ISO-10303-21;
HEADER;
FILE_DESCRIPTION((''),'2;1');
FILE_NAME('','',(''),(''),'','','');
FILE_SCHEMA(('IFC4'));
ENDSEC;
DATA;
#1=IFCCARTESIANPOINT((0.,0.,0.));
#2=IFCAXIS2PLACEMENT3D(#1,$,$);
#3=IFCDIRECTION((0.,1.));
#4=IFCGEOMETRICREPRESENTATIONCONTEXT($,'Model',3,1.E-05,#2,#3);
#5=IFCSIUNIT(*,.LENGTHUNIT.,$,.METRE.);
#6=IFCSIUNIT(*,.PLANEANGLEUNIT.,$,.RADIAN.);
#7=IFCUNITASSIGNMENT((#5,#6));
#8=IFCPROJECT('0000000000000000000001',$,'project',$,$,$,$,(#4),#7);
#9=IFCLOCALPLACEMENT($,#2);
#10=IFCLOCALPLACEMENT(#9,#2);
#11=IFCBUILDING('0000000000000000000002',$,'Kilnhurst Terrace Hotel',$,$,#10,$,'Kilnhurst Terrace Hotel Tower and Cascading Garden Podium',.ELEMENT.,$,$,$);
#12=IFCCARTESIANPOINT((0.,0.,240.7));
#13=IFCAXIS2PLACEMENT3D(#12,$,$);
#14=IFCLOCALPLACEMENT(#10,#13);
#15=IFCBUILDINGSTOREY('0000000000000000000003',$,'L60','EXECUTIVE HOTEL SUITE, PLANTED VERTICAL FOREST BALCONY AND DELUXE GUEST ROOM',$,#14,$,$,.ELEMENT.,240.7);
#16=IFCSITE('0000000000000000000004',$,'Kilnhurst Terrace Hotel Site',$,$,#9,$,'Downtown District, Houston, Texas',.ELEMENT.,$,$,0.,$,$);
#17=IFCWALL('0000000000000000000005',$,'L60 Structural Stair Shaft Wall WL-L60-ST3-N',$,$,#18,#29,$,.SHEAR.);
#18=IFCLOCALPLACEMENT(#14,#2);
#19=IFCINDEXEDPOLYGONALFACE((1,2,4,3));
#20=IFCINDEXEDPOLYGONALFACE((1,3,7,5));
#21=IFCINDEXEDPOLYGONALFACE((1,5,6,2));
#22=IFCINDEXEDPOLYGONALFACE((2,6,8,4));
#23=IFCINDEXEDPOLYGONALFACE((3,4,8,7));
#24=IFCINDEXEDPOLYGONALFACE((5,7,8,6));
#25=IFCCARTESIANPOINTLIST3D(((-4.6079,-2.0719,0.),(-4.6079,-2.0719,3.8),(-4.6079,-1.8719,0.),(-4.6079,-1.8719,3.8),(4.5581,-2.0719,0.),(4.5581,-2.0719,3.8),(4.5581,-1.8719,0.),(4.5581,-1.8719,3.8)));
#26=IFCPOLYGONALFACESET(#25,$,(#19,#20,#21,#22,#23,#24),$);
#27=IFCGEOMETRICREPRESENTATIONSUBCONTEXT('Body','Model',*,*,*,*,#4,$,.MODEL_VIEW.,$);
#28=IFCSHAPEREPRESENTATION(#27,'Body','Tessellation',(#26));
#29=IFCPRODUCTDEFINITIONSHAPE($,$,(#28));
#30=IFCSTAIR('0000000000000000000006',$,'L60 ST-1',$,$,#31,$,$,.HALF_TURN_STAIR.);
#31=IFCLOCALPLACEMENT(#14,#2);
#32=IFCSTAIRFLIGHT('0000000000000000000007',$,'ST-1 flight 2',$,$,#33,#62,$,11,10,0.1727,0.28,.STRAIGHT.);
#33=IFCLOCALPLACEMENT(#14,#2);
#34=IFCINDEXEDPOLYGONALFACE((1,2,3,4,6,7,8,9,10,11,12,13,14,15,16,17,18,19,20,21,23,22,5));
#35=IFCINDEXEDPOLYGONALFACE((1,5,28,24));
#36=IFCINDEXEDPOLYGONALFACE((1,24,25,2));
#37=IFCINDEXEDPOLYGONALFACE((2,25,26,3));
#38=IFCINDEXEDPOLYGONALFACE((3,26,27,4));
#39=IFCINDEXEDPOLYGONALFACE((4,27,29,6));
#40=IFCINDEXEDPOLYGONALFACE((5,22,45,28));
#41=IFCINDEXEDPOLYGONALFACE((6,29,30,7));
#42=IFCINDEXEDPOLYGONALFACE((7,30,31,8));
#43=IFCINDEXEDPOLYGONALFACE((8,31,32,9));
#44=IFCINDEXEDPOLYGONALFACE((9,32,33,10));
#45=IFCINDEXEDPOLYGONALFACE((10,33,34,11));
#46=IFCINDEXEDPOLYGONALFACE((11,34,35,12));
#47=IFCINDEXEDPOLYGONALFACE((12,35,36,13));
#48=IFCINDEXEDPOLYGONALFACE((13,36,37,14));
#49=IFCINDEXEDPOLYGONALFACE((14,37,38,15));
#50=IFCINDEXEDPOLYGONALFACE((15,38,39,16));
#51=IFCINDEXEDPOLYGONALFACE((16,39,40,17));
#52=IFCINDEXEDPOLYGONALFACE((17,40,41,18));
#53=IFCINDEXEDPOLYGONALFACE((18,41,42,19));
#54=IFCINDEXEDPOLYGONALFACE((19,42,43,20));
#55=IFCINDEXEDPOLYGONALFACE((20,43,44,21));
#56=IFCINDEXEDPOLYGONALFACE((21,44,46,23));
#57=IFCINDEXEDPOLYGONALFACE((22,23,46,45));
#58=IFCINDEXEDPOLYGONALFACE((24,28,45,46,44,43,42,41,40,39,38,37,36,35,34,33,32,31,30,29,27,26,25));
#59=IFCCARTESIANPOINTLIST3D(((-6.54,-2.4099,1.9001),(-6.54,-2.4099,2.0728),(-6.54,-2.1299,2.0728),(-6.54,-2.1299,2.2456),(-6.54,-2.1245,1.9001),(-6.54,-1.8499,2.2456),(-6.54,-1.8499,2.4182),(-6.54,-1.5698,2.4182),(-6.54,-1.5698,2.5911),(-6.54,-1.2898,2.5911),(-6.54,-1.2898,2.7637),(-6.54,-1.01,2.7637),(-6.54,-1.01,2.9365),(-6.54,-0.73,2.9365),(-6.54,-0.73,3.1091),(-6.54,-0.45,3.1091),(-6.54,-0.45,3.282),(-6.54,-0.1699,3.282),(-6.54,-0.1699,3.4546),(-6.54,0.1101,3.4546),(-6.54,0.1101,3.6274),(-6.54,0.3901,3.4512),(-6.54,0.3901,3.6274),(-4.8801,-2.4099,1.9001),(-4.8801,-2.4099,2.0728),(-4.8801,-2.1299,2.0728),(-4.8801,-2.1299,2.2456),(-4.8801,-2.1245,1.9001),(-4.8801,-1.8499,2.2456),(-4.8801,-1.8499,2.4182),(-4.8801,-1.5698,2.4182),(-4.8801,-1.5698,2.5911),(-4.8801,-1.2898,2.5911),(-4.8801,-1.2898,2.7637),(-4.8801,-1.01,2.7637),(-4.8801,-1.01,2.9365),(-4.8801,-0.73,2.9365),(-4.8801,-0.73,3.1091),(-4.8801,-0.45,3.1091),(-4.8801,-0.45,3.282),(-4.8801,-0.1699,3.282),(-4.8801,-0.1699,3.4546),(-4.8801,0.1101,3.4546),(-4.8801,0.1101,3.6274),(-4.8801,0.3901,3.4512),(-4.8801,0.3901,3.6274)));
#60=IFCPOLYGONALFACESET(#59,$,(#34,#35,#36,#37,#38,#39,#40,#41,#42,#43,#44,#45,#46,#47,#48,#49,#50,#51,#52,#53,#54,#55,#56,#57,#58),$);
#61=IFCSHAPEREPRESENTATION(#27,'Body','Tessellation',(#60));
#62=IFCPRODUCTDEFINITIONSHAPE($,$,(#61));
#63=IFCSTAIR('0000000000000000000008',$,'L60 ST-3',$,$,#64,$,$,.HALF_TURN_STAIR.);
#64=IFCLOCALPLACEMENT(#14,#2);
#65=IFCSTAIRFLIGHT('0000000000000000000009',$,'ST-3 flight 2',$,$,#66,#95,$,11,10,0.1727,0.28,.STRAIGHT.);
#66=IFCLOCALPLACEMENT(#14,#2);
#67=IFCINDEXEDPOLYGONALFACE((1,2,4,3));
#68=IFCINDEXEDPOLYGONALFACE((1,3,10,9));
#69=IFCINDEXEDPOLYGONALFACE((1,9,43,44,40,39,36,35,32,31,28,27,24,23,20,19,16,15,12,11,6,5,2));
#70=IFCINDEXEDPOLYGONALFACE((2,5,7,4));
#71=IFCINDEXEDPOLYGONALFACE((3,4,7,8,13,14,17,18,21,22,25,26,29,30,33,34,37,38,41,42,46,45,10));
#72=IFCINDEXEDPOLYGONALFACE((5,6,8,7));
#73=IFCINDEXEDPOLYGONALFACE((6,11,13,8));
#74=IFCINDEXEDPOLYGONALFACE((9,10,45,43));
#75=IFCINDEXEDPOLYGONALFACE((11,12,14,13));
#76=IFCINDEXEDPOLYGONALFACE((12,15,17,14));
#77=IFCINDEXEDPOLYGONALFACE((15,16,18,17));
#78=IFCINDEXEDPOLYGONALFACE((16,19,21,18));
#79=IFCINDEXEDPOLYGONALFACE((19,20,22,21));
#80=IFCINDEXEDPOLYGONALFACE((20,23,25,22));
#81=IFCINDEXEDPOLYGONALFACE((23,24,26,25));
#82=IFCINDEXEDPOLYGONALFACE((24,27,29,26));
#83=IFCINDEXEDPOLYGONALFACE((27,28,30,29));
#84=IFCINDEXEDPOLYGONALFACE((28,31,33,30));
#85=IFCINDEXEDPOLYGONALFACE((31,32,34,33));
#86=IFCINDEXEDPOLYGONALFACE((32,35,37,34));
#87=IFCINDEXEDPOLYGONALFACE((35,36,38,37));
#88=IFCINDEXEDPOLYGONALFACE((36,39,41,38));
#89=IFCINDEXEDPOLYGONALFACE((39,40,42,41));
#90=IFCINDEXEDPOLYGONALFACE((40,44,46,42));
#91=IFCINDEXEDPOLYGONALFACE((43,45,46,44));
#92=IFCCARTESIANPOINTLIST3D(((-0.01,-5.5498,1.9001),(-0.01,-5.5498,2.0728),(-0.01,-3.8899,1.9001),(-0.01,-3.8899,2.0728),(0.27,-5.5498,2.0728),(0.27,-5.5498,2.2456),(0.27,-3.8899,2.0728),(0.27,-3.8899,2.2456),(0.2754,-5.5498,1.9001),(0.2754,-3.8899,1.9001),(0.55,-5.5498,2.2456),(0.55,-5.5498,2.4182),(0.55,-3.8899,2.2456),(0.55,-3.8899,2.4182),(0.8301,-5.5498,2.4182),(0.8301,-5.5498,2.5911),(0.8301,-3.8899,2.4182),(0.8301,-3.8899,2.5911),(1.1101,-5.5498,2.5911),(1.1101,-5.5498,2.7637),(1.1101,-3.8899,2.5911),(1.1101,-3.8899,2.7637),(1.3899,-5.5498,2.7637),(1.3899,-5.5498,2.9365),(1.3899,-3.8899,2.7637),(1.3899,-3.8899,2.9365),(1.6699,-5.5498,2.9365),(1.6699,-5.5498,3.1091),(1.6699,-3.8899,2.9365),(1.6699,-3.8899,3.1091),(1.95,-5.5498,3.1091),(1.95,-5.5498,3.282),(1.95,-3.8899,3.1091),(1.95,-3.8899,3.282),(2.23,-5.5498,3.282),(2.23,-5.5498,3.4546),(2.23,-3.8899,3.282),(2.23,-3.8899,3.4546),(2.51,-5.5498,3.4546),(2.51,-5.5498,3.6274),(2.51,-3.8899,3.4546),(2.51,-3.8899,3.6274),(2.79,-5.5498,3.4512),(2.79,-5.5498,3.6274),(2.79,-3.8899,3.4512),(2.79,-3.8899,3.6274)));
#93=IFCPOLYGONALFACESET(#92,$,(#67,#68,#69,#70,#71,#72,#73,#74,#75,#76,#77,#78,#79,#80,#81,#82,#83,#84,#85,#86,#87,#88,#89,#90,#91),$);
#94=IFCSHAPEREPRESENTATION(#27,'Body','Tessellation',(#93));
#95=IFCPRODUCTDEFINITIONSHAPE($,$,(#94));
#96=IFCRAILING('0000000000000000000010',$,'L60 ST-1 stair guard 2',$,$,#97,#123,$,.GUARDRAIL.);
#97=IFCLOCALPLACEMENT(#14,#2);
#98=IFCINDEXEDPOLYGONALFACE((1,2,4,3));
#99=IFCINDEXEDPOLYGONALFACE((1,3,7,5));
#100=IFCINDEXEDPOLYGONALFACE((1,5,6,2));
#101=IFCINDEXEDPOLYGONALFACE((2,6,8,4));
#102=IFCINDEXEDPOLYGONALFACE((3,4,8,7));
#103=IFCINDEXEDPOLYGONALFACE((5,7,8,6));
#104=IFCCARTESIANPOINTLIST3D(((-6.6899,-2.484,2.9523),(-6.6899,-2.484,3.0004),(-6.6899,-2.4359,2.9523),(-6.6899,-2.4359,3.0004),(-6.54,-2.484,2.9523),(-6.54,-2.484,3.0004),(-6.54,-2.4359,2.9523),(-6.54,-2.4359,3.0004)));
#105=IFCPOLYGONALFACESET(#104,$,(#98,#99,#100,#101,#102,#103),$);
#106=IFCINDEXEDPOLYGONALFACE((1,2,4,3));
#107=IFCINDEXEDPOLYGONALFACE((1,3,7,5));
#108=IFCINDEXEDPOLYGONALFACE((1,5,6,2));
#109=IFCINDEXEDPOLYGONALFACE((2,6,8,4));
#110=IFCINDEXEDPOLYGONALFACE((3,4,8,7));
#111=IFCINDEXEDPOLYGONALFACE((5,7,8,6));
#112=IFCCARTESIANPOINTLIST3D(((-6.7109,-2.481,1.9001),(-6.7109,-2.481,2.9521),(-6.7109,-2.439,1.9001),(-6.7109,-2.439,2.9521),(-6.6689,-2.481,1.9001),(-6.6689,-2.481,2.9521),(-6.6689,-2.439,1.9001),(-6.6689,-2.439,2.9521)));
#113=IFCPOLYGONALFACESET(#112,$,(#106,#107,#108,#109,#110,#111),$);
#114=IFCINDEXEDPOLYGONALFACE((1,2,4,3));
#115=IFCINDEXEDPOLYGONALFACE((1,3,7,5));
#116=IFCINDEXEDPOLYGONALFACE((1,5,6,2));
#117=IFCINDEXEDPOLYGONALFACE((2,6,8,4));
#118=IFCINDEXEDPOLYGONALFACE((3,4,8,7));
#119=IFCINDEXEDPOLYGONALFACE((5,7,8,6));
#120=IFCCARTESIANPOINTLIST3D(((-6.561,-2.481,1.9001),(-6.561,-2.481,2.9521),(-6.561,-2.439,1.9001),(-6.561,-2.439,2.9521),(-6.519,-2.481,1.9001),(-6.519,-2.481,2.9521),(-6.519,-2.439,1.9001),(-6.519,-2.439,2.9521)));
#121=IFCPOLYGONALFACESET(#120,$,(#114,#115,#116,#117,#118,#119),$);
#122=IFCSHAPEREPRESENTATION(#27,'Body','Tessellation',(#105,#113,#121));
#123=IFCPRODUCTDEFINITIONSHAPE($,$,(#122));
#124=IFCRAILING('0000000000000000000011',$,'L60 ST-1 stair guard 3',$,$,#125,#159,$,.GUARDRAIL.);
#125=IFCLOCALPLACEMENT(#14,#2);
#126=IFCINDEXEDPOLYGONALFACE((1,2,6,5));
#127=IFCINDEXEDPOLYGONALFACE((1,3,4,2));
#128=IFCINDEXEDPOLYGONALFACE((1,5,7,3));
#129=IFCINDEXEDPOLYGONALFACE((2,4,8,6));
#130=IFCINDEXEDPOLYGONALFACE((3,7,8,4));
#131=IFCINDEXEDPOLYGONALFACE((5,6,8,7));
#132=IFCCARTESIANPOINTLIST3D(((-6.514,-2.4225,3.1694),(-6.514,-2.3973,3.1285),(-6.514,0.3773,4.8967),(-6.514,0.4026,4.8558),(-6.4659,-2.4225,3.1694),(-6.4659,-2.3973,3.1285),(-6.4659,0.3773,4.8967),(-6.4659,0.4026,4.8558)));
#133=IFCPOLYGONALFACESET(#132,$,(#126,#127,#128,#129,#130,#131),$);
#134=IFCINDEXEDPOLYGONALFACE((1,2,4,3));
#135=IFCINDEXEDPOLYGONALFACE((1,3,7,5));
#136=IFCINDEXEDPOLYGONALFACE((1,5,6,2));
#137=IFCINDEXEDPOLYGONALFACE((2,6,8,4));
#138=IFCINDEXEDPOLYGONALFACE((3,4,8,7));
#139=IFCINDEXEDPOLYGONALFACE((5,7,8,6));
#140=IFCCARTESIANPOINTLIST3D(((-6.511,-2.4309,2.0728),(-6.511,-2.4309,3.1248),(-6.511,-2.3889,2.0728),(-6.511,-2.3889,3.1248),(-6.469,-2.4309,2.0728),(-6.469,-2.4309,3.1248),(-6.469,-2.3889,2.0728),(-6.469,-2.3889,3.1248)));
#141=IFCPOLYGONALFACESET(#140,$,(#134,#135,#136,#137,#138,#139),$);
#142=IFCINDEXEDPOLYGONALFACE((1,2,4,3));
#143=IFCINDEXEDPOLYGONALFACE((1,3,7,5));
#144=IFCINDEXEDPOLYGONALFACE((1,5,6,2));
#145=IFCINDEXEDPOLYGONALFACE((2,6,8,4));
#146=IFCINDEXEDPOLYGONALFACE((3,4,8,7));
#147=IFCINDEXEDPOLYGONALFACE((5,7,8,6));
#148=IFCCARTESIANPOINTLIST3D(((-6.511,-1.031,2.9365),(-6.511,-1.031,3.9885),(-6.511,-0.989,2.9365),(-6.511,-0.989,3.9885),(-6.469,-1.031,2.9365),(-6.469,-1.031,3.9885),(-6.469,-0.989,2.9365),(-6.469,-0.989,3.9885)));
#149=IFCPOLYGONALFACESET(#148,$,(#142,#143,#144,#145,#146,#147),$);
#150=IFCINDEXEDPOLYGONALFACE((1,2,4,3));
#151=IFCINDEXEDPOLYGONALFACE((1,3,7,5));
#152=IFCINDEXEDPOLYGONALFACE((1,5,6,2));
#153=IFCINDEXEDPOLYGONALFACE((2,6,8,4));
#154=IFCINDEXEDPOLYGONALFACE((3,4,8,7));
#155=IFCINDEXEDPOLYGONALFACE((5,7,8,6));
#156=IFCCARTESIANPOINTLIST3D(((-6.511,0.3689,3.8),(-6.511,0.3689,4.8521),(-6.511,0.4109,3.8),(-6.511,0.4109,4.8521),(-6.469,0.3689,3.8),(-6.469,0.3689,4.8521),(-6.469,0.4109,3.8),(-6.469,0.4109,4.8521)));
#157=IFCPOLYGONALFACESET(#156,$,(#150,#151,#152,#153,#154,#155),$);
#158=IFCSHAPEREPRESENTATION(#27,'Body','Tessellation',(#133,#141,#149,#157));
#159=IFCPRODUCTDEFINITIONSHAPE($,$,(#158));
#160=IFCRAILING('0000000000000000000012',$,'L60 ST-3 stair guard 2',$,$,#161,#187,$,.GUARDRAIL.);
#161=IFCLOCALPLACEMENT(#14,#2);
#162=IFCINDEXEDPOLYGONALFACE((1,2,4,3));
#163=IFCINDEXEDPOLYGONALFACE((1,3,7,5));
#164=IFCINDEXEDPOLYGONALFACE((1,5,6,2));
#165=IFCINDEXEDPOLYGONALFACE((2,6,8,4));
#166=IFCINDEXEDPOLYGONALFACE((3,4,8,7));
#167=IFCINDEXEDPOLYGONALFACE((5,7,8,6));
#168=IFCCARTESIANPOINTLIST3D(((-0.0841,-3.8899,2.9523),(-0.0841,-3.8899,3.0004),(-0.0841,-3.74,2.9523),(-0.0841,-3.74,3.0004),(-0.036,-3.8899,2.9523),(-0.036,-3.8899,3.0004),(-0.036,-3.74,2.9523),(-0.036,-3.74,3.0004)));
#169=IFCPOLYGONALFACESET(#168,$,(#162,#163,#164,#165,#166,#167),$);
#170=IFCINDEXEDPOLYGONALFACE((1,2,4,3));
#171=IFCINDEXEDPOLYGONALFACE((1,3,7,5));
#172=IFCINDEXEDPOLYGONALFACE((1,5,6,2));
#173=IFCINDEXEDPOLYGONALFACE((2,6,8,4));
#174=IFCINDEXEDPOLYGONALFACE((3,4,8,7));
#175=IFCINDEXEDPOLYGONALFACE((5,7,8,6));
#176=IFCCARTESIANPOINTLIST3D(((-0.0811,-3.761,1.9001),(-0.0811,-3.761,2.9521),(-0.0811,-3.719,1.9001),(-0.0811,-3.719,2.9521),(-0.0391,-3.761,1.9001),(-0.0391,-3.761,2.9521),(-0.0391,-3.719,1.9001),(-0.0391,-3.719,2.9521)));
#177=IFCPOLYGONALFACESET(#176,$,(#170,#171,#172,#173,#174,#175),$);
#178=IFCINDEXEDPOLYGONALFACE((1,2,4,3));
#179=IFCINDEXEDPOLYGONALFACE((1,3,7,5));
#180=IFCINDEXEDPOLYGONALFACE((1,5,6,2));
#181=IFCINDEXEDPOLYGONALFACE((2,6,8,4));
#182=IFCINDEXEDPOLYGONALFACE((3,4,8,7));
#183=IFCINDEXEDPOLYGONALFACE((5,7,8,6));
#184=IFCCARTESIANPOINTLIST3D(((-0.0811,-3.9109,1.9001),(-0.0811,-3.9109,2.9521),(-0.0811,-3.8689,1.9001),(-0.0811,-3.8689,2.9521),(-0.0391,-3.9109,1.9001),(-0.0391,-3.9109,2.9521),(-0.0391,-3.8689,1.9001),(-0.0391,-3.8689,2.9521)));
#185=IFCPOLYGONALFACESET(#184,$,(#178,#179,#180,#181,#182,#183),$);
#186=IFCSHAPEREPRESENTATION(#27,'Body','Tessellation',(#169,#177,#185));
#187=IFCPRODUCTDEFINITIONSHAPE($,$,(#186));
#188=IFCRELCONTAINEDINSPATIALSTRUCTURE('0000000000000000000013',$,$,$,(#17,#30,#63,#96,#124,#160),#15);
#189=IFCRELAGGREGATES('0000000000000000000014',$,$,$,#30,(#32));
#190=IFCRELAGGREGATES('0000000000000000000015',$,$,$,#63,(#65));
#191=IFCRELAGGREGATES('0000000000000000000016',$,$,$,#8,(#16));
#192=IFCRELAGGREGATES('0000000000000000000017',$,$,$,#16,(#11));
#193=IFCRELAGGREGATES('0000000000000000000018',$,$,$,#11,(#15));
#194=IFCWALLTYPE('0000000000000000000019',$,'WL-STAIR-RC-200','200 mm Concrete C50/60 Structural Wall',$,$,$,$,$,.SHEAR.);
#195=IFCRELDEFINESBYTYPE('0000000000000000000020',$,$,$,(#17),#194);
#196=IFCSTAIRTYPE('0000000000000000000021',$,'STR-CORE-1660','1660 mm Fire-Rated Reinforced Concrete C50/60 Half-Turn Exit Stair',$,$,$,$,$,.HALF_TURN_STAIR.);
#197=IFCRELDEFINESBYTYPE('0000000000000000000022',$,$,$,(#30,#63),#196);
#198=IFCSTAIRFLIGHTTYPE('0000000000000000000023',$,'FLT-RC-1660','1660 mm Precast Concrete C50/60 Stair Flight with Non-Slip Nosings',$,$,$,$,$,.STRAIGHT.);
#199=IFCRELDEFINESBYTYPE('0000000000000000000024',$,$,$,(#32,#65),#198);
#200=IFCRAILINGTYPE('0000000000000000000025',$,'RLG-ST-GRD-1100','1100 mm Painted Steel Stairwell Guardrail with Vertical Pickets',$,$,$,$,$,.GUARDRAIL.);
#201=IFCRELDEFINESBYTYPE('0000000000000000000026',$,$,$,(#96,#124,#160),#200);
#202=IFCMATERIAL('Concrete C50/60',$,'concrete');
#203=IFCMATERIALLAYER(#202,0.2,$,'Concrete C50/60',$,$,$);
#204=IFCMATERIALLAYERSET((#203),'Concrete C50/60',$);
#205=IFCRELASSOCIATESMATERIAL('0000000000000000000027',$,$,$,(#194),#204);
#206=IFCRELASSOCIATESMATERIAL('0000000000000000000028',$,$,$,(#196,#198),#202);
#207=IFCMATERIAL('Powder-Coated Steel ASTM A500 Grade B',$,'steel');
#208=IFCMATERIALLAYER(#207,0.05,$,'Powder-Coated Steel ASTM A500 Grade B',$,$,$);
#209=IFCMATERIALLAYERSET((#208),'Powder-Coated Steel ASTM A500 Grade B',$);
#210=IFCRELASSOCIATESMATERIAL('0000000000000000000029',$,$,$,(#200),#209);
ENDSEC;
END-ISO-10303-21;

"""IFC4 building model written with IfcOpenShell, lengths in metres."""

from ifc_helpers import new_model, si_unit, direction, frame, frame_2d, origin, origin_2d, place, context, subcontext, project, spatial, polyline, rectangle, outline, extrude, material, layer, layer_set, type_object, element, aggregate, save


model = new_model("IFC4")

# Units and contexts
model_context = context("Model", 3, precision=1e-05, world=origin(), true_north=direction((0.0, 1.0)))
body_context = subcontext(model_context, "Body", "Model", "MODEL_VIEW")
ifc_project = project(units=[si_unit("LENGTHUNIT", "METRE"), si_unit("PLANEANGLEUNIT", "RADIAN")], contexts=[model_context])

# Site, building, storey
site_placement = place(None, origin())
site = spatial("IfcSite", under=ifc_project, at=site_placement, Name="Kilnhurst Terrace Hotel Site", LongName="Downtown District, Houston, Texas", CompositionType="ELEMENT", RefElevation=0.0)
building_placement = place(site_placement, origin())
building = spatial("IfcBuilding", under=site, at=building_placement, Name="Kilnhurst Terrace Hotel", LongName="Kilnhurst Terrace Hotel Tower and Cascading Garden Podium", CompositionType="ELEMENT")
storey_placement = place(building_placement, frame((0.0, 0.0, 240.7)))
storey = spatial("IfcBuildingStorey", under=building, at=storey_placement, Name="L60", Description="EXECUTIVE HOTEL SUITE, PLANTED VERTICAL FOREST BALCONY AND DELUXE GUEST ROOM", CompositionType="ELEMENT", Elevation=240.7)

# Shared definitions
ifc_material_1 = material(Name="Concrete C50/60", Category="concrete")
ifc_layer_1 = layer(ifc_material_1, 0.2, Name="Concrete C50/60")
ifc_layer_set_1 = layer_set([ifc_layer_1], Name="Concrete C50/60")
wall_type_1 = type_object("IfcWallType", Name="WL-STAIR-RC-200", Description="200 mm Concrete C50/60 Structural Wall", PredefinedType="SHEAR", material=ifc_layer_set_1)

# Wall
wall_1_placement = place(storey_placement, frame((-4.6079, -1.9719, 0.0), z_axis=(0.0, 0.0, 1.0), x_axis=(1.0, 0.0, 0.0)))
element("IfcWall", 1, at=wall_1_placement, inside=storey, type_object=wall_type_1, Name="L60 Structural Stair Shaft Wall WL-L60-ST3-N", PredefinedType="SHEAR", context=body_context, shape_type="SweptSolid", body=[
    extrude(rectangle(XDim=9.166, YDim=0.2, at=frame_2d((4.583, 0.0))), origin(), (0.0, 0.0, 1.0), 3.8),
])

# Stairs, stair flights
stair_type = type_object("IfcStairType", Name="STR-CORE-1660", Description="1660 mm Fire-Rated Reinforced Concrete C50/60 Half-Turn Exit Stair", PredefinedType="HALF_TURN_STAIR", material=ifc_material_1)
stair_1_placement = place(storey_placement, origin())
stair_1 = element("IfcStair", 2, at=stair_1_placement, inside=storey, type_object=stair_type, Name="L60 ST-1", PredefinedType="HALF_TURN_STAIR")
stair_flight_type = type_object("IfcStairFlightType", Name="FLT-RC-1660", Description="1660 mm Precast Concrete C50/60 Stair Flight with Non-Slip Nosings", PredefinedType="STRAIGHT", material=ifc_material_1)
stair_flight_1_placement = place(storey_placement, frame((-5.71, -2.4099, 1.9001), z_axis=(0.0, 0.0, 1.0), x_axis=(0.0, 1.0, 0.0)))
stair_flight_1 = element("IfcStairFlight", 3, at=stair_flight_1_placement, type_object=stair_flight_type, Name="ST-1 flight 2", NumberOfRisers=11, NumberOfTreads=10, PredefinedType="STRAIGHT", RiserHeight=0.1727, TreadLength=0.28, context=body_context, shape_type="SweptSolid", body=[
    extrude(outline(polyline([(0.0, 0.0), (0.0, 0.1726), (0.28, 0.1726), (0.28, 0.3455), (0.5601, 0.3455), (0.5601, 0.5181), (0.8401, 0.5181), (0.8401, 0.6909), (1.1201, 0.6909), (1.1201, 0.8635), (1.3999, 0.8635), (1.3999, 1.0364), (1.6799, 1.0364), (1.6799, 1.209), (1.96, 1.209), (1.96, 1.3818), (2.24, 1.3818), (2.24, 1.5544), (2.52, 1.5544), (2.52, 1.7273), (2.8, 1.7273), (2.8, 1.8999), (2.8, 1.551), (0.2854, 0.0), (0.0, 0.0)])), frame((0.0, 0.8301, 0.0), z_axis=(0.0, -1.0, 0.0), x_axis=(1.0, 0.0, 0.0)), (0.0, 0.0, 1.0), 1.6599),
])
aggregate(stair_1, [stair_flight_1])
stair_2_placement = place(storey_placement, origin())
stair_2 = element("IfcStair", 4, at=stair_2_placement, inside=storey, type_object=stair_type, Name="L60 ST-3", PredefinedType="HALF_TURN_STAIR")
stair_flight_2_placement = place(storey_placement, frame((-0.01, -4.72, 1.9001), z_axis=(0.0, 0.0, 1.0), x_axis=(1.0, 0.0, 0.0)))
stair_flight_2 = element("IfcStairFlight", 5, at=stair_flight_2_placement, type_object=stair_flight_type, Name="ST-3 flight 2", NumberOfRisers=11, NumberOfTreads=10, PredefinedType="STRAIGHT", RiserHeight=0.1727, TreadLength=0.28, context=body_context, shape_type="SweptSolid", body=[
    extrude(outline(polyline([(0.0, 0.0), (0.0, 0.1726), (0.28, 0.1726), (0.28, 0.3455), (0.5601, 0.3455), (0.5601, 0.5181), (0.8401, 0.5181), (0.8401, 0.6909), (1.1201, 0.6909), (1.1201, 0.8635), (1.3999, 0.8635), (1.3999, 1.0364), (1.6799, 1.0364), (1.6799, 1.209), (1.96, 1.209), (1.96, 1.3818), (2.24, 1.3818), (2.24, 1.5544), (2.52, 1.5544), (2.52, 1.7273), (2.8, 1.7273), (2.8, 1.8999), (2.8, 1.551), (0.2854, 0.0), (0.0, 0.0)])), frame((0.0, 0.8301, 0.0), z_axis=(0.0, -1.0, 0.0), x_axis=(1.0, 0.0, 0.0)), (0.0, 0.0, 1.0), 1.6599),
])
aggregate(stair_2, [stair_flight_2])

# Railings
ifc_material_2 = material(Name="Powder-Coated Steel ASTM A500 Grade B", Category="steel")
ifc_layer_2 = layer(ifc_material_2, 0.05, Name="Powder-Coated Steel ASTM A500 Grade B")
ifc_layer_set_2 = layer_set([ifc_layer_2], Name="Powder-Coated Steel ASTM A500 Grade B")
railing_type_1 = type_object("IfcRailingType", Name="RLG-ST-GRD-1100", Description="1100 mm Painted Steel Stairwell Guardrail with Vertical Pickets", PredefinedType="GUARDRAIL", material=ifc_layer_set_2)
railing_1_placement = place(storey_placement, frame((-6.6899, -2.46, 1.9001)))
element("IfcRailing", 6, at=railing_1_placement, inside=storey, type_object=railing_type_1, Name="L60 ST-1 stair guard 2", PredefinedType="GUARDRAIL", context=body_context, shape_type="SweptSolid", body=[
    extrude(rectangle(XDim=0.0481, YDim=0.0481, at=origin_2d()), frame((0.0, 0.0, 1.0762), z_axis=(1.0, 0.0, 0.0), x_axis=(0.0, 1.0, 0.0)), (0.0, 0.0, 1.0), 0.1499),
    extrude(rectangle(XDim=0.042, YDim=0.042, at=origin_2d()), origin(), (0.0, 0.0, 1.0), 1.052),
    extrude(rectangle(XDim=0.042, YDim=0.042, at=origin_2d()), frame((0.1499, 0.0, 0.0)), (0.0, 0.0, 1.0), 1.052),
])
railing_2_placement = place(storey_placement, frame((-6.49, -2.4099, 2.0728)))
element("IfcRailing", 7, at=railing_2_placement, inside=storey, type_object=railing_type_1, Name="L60 ST-1 stair guard 3", PredefinedType="GUARDRAIL", context=body_context, shape_type="SweptSolid", body=[
    extrude(rectangle(XDim=0.0481, YDim=0.0481, at=origin_2d()), frame((0.0, 0.0, 1.0762), z_axis=(0.0, 0.851069, 0.525054), x_axis=(-1.0, 0.0, 0.0)), (0.0, 0.0, 1.0), 3.2898),
    extrude(rectangle(XDim=0.042, YDim=0.042, at=origin_2d()), origin(), (0.0, 0.0, 1.0), 1.052),
    extrude(rectangle(XDim=0.042, YDim=0.042, at=origin_2d()), frame((0.0, 1.3999, 0.8638)), (0.0, 0.0, 1.0), 1.052),
    extrude(rectangle(XDim=0.042, YDim=0.042, at=origin_2d()), frame((0.0, 2.7998, 1.7273)), (0.0, 0.0, 1.0), 1.052),
])
railing_3_placement = place(storey_placement, frame((-0.0601, -3.74, 1.9001)))
element("IfcRailing", 8, at=railing_3_placement, inside=storey, type_object=railing_type_1, Name="L60 ST-3 stair guard 2", PredefinedType="GUARDRAIL", context=body_context, shape_type="SweptSolid", body=[
    extrude(rectangle(XDim=0.0481, YDim=0.0481, at=origin_2d()), frame((0.0, 0.0, 1.0762), z_axis=(0.0, -1.0, 0.0), x_axis=(1.0, 0.0, 0.0)), (0.0, 0.0, 1.0), 0.1499),
    extrude(rectangle(XDim=0.042, YDim=0.042, at=origin_2d()), origin(), (0.0, 0.0, 1.0), 1.052),
    extrude(rectangle(XDim=0.042, YDim=0.042, at=origin_2d()), frame((0.0, -0.1499, 0.0)), (0.0, 0.0, 1.0), 1.052),
])

save(model, "model.ifc")
